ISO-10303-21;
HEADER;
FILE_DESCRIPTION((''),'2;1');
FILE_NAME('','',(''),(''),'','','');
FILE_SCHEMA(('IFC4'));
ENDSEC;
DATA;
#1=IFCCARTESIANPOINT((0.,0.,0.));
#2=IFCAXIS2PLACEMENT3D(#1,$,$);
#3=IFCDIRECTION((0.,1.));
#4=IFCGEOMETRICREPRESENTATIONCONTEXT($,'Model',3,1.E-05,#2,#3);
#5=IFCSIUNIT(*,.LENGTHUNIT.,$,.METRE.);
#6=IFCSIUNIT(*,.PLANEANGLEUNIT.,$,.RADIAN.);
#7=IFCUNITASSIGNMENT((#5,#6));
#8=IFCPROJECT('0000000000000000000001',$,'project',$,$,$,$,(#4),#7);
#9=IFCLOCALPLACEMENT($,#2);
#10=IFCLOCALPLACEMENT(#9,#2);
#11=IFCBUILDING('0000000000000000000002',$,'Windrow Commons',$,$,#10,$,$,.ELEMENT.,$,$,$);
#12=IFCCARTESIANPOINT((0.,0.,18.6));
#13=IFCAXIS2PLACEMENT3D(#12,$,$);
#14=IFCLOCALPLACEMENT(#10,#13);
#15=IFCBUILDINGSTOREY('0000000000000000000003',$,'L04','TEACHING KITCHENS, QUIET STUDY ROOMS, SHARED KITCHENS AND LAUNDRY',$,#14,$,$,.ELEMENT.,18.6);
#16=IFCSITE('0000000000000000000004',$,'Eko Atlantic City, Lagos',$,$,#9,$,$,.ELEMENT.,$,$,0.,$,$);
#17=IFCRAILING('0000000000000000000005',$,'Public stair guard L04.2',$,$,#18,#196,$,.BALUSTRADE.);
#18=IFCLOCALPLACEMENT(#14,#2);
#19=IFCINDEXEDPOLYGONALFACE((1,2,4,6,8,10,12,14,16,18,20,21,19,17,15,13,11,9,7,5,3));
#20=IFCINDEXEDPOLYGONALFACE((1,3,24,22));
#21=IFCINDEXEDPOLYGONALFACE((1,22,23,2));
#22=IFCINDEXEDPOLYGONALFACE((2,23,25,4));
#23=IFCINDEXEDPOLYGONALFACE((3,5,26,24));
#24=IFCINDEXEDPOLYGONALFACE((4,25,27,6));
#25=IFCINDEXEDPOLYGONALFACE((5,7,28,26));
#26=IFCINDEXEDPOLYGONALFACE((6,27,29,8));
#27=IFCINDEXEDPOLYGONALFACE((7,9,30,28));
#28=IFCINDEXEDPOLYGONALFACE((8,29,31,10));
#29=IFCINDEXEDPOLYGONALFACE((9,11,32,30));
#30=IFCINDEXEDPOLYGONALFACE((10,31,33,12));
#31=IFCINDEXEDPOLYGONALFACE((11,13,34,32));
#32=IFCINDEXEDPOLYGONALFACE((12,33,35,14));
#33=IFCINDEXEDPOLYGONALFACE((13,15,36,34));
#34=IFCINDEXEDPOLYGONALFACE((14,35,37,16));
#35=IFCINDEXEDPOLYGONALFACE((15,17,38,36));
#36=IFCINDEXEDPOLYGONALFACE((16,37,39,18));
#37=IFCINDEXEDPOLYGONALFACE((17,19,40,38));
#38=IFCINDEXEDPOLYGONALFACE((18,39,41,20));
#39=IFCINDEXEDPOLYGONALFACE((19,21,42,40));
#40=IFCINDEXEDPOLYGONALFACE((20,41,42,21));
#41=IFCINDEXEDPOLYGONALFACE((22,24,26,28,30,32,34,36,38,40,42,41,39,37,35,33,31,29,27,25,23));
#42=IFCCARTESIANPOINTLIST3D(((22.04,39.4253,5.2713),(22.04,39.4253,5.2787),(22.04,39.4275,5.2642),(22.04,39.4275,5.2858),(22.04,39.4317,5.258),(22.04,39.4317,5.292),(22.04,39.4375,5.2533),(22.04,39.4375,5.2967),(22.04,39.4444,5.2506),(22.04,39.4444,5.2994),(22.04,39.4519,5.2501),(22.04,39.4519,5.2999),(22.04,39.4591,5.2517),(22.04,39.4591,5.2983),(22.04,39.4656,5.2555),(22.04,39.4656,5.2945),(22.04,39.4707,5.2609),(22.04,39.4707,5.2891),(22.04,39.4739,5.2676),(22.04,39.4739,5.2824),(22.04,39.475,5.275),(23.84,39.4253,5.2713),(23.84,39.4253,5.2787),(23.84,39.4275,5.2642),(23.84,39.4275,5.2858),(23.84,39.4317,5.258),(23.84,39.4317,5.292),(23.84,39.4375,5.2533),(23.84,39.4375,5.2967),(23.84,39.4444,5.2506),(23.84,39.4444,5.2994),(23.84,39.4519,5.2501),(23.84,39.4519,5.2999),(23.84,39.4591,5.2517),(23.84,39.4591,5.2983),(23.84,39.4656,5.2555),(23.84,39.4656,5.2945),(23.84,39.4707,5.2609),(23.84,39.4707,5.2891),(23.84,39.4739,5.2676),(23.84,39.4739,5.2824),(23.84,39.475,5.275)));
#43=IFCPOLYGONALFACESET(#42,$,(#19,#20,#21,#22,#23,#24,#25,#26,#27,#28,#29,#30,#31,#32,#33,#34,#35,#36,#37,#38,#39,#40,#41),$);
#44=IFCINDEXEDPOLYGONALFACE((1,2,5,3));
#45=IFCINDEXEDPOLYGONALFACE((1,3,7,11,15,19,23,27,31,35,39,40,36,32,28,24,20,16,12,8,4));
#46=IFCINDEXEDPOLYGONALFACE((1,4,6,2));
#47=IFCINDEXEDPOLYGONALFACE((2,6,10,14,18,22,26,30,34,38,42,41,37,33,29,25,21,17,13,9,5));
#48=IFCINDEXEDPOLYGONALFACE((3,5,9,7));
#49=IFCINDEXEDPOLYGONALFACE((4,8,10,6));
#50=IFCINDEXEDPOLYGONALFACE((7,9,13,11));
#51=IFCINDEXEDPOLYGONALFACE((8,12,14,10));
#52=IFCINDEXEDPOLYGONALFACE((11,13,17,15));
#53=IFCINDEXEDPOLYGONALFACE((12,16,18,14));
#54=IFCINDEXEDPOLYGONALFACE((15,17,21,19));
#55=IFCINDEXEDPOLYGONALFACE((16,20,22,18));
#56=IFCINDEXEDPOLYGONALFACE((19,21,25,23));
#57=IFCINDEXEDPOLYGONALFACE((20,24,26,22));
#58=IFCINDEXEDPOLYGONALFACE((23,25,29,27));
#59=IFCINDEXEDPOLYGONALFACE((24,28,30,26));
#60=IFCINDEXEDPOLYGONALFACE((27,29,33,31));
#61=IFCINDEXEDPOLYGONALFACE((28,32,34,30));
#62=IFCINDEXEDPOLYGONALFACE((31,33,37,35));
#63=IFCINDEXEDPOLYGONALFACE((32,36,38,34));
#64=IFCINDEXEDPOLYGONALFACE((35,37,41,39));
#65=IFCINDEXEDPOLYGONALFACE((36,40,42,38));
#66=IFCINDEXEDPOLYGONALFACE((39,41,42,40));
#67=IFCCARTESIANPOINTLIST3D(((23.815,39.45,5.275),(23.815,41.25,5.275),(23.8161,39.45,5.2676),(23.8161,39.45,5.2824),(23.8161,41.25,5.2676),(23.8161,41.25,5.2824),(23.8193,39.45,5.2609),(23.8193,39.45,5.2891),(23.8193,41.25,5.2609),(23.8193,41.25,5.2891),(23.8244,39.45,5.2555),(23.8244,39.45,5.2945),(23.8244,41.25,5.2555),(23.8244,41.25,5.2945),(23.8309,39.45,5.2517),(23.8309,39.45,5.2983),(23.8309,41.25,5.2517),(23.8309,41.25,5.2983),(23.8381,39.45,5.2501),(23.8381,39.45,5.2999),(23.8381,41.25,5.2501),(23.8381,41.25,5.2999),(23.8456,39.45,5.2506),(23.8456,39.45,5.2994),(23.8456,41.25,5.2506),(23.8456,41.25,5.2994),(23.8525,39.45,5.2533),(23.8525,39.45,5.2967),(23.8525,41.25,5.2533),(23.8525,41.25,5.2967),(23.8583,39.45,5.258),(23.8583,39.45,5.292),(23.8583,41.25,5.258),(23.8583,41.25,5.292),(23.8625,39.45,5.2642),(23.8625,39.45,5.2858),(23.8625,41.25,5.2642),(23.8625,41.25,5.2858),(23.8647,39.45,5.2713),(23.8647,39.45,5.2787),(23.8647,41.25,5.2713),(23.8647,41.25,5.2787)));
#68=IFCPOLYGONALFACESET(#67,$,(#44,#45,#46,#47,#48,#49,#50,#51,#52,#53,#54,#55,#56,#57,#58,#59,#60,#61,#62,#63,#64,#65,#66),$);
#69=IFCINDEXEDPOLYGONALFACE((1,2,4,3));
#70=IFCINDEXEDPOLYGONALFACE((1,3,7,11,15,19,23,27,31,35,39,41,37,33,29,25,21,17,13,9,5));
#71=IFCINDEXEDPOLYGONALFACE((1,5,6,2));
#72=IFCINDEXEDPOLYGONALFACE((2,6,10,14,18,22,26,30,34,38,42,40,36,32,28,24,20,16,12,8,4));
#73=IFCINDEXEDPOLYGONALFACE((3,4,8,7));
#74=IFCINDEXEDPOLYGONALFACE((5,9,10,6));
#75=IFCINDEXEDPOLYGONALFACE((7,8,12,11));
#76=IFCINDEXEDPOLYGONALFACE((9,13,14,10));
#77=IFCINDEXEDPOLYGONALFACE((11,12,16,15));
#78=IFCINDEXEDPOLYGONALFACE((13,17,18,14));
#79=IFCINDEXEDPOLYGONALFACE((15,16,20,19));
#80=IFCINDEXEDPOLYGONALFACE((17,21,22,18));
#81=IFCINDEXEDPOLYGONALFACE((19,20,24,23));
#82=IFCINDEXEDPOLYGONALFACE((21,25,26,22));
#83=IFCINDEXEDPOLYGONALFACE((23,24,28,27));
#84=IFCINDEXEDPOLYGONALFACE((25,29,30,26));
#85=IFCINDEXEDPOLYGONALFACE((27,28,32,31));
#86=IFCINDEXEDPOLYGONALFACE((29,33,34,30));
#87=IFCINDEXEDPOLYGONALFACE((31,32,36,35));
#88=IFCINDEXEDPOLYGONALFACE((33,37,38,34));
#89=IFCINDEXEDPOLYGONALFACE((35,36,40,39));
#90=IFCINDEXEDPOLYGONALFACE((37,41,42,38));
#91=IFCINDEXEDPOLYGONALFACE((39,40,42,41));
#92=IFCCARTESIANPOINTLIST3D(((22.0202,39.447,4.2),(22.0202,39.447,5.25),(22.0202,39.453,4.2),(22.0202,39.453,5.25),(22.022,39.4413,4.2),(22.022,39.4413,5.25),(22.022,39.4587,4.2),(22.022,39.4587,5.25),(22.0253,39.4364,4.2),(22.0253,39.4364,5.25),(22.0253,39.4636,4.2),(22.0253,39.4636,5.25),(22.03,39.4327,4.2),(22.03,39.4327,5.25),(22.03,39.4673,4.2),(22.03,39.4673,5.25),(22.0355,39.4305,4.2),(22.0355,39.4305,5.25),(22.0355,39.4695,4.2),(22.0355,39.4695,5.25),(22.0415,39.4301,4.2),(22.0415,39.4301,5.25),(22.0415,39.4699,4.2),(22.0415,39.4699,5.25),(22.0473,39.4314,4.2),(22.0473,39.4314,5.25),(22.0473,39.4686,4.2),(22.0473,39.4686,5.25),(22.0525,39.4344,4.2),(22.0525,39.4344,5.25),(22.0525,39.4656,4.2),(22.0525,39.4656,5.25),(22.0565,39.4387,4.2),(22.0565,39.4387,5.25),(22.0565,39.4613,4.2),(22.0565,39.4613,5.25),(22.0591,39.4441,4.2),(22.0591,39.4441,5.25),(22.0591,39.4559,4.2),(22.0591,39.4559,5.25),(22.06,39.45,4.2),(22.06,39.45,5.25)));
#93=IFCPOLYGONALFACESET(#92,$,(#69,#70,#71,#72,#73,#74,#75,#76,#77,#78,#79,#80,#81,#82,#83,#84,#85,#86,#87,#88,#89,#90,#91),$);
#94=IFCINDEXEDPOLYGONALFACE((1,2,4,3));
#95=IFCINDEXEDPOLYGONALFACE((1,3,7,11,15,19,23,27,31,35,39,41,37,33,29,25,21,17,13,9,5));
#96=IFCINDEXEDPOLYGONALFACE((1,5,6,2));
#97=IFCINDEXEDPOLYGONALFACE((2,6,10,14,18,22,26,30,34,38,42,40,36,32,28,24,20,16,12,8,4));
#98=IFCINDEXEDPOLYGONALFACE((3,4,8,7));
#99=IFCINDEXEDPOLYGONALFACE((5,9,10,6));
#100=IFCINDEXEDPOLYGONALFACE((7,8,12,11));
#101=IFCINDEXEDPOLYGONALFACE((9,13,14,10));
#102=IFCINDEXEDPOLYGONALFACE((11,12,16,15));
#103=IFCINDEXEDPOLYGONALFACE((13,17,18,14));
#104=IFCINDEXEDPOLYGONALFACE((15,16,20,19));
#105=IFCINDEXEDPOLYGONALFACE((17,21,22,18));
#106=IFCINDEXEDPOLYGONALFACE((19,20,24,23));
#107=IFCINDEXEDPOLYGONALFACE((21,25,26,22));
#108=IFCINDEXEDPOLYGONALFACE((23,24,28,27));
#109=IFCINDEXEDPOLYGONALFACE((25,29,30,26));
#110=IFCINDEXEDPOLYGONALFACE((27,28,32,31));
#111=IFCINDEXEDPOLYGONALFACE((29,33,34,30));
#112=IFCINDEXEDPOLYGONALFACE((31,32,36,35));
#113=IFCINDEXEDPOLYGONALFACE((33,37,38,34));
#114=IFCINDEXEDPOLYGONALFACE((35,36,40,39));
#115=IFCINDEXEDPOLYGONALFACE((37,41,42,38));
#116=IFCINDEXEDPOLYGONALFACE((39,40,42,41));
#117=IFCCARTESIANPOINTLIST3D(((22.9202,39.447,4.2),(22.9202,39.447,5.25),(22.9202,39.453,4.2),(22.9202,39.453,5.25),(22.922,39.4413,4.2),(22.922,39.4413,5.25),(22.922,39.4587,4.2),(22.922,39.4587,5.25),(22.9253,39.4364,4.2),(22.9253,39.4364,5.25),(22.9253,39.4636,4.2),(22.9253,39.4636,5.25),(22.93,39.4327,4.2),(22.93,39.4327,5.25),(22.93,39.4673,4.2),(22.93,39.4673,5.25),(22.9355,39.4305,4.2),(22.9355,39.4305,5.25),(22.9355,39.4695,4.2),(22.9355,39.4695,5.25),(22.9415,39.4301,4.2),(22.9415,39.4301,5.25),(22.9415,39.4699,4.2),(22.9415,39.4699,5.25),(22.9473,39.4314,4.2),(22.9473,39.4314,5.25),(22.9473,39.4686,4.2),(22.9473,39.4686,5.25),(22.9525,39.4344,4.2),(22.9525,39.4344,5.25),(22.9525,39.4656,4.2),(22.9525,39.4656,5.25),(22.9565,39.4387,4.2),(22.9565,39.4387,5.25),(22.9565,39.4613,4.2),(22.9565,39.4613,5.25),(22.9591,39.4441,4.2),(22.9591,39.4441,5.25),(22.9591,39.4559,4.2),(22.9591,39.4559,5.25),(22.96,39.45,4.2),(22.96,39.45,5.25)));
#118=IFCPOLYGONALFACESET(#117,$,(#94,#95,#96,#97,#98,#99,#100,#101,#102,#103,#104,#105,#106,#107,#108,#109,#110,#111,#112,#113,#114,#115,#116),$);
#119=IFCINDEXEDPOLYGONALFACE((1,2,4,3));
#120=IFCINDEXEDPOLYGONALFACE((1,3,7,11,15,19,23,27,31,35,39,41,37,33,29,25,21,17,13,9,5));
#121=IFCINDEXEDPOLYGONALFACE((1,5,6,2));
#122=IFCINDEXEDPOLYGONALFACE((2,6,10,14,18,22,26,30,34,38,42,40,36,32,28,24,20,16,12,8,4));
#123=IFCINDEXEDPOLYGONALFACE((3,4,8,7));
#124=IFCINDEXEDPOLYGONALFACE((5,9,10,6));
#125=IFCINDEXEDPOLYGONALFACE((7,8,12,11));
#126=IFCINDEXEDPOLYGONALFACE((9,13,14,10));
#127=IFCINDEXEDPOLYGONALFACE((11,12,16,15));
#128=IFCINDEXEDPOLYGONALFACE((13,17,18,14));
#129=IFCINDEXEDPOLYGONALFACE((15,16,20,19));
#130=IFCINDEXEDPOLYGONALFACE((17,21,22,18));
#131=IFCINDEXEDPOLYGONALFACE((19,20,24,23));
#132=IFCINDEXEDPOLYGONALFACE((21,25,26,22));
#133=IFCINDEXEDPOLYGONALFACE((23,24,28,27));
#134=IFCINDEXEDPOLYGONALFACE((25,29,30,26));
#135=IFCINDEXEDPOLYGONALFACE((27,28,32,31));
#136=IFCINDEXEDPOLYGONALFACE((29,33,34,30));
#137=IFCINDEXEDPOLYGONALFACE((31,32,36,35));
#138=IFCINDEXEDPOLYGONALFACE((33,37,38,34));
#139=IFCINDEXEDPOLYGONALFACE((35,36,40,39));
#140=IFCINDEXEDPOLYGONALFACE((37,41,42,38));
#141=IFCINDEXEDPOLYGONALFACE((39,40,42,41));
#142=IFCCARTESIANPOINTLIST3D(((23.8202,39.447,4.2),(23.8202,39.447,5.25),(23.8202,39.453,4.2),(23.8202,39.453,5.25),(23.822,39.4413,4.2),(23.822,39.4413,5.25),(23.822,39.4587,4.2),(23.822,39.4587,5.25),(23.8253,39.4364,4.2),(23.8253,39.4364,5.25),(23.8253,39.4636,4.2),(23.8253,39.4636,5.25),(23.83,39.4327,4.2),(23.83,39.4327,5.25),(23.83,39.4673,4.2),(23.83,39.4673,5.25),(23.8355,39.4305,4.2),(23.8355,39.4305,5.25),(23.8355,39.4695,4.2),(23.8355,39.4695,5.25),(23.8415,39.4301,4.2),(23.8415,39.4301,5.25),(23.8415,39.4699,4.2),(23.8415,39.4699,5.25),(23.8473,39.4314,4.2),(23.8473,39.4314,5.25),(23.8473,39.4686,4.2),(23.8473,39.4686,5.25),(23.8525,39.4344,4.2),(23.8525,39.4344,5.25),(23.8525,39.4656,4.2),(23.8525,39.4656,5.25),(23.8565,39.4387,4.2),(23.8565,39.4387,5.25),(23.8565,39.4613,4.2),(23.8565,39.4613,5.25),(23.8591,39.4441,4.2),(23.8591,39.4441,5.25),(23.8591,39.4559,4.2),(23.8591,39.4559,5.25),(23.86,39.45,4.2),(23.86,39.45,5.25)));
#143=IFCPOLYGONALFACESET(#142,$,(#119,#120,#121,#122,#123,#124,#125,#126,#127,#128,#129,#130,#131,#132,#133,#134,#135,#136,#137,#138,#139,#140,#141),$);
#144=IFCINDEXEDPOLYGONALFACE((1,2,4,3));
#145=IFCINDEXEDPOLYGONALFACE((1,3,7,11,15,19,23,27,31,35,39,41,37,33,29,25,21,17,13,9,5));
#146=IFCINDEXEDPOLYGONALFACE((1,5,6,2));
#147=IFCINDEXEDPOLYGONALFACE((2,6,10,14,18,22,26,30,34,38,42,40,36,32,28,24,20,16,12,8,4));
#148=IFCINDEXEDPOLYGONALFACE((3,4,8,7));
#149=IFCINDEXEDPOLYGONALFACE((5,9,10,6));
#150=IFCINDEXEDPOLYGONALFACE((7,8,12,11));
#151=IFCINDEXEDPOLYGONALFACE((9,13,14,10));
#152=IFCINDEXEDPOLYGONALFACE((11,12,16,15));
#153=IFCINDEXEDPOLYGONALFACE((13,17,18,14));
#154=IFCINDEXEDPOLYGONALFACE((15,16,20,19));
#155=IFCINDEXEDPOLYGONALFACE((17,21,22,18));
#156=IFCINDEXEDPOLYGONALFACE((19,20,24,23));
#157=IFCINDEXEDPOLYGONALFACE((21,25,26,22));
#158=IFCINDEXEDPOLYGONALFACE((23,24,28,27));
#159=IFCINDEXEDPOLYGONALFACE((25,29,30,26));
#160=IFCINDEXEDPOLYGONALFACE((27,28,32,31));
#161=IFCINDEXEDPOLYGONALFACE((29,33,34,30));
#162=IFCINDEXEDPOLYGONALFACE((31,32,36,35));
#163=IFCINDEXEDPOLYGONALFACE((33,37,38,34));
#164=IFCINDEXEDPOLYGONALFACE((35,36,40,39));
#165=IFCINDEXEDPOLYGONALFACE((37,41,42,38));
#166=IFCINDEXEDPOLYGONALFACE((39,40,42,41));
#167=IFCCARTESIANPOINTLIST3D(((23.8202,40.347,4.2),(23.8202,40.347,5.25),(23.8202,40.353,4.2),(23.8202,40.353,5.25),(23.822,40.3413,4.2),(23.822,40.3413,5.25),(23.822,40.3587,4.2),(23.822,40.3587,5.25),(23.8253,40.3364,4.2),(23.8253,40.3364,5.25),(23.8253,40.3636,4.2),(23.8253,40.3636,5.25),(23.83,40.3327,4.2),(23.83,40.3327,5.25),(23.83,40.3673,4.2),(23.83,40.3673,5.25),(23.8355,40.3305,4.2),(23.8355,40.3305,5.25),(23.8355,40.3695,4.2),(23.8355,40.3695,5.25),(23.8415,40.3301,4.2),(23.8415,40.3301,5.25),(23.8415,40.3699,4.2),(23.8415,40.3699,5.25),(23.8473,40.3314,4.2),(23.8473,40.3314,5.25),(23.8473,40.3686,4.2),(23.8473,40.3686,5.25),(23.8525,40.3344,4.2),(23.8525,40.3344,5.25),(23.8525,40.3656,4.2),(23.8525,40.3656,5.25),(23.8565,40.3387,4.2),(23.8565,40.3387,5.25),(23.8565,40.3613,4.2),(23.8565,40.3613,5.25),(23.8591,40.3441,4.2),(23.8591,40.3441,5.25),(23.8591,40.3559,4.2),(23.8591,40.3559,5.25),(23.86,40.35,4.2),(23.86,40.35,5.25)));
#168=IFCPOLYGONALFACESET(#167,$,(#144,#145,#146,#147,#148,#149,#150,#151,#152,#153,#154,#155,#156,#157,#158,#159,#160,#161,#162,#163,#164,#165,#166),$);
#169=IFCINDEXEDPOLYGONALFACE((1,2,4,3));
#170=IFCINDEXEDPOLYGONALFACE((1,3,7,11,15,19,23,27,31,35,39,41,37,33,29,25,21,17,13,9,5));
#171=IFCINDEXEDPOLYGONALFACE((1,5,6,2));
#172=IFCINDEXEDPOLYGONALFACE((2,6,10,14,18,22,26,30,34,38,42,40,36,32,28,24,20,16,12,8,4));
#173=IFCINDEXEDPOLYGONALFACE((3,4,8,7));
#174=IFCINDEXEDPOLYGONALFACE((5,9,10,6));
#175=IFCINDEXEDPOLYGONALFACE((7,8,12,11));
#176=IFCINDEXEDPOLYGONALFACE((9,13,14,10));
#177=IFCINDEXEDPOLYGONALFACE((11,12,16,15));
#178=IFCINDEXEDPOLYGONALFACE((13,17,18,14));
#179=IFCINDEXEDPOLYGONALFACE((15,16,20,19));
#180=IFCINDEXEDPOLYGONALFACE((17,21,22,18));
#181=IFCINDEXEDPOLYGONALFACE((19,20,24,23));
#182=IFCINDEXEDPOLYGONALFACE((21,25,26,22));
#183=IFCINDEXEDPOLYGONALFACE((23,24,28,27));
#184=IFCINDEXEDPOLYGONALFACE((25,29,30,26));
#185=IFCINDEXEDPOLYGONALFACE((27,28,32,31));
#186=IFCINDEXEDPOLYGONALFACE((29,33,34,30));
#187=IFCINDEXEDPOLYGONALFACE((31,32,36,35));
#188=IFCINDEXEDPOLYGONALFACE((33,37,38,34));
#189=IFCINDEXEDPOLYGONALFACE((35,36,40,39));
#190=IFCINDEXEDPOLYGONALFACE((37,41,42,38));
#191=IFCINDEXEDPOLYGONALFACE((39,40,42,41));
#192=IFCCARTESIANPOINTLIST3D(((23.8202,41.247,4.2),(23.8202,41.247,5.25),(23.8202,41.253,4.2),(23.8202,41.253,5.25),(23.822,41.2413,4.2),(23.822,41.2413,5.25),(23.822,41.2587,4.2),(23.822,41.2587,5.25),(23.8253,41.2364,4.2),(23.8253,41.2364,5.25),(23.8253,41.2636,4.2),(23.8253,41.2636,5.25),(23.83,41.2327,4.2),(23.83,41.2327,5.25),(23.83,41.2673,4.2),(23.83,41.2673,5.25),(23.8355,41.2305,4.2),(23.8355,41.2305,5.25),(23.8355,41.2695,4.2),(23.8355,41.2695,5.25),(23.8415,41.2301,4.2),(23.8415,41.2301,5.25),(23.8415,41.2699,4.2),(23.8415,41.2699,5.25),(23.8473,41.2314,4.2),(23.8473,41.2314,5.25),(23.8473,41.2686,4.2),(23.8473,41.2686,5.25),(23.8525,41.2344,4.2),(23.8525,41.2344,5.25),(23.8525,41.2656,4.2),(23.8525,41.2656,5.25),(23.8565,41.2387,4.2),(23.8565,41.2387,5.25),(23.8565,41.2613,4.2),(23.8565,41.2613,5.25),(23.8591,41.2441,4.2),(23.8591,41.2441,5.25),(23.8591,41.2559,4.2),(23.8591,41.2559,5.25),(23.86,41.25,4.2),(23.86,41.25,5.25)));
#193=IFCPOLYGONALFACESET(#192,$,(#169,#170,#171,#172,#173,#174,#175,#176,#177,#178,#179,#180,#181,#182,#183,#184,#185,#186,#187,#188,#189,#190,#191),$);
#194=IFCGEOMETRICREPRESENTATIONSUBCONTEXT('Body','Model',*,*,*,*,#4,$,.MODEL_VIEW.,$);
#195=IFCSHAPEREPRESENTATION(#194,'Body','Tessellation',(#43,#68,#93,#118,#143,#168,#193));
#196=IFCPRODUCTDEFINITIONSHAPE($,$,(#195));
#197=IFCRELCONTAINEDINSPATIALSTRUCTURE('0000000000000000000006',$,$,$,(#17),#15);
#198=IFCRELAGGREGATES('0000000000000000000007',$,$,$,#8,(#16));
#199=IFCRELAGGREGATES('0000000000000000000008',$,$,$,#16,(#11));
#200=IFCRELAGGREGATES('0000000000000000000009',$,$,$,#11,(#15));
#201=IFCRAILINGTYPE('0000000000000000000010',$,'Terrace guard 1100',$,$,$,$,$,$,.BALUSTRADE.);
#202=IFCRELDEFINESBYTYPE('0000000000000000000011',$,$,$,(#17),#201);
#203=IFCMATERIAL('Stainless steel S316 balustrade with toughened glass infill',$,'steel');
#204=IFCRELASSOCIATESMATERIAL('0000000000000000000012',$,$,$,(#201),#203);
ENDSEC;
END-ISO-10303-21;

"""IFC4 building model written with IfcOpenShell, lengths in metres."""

from ifc_helpers import new_model, si_unit, direction, frame, origin, origin_2d, place, context, subcontext, project, spatial, circle, extrude, material, type_object, element, save


model = new_model("IFC4")

# Units and contexts
model_context = context("Model", 3, precision=1e-05, world=origin(), true_north=direction((0.0, 1.0)))
body_context = subcontext(model_context, "Body", "Model", "MODEL_VIEW")
ifc_project = project(units=[si_unit("LENGTHUNIT", "METRE"), si_unit("PLANEANGLEUNIT", "RADIAN")], contexts=[model_context])

# Site, building, storey
site_placement = place(None, origin())
site = spatial("IfcSite", under=ifc_project, at=site_placement, Name="Eko Atlantic City, Lagos", CompositionType="ELEMENT", RefElevation=0.0)
building_placement = place(site_placement, origin())
building = spatial("IfcBuilding", under=site, at=building_placement, Name="Windrow Commons", CompositionType="ELEMENT")
storey_placement = place(building_placement, frame((0.0, 0.0, 18.6)))
storey = spatial("IfcBuildingStorey", under=building, at=storey_placement, Name="L04", Description="TEACHING KITCHENS, QUIET STUDY ROOMS, SHARED KITCHENS AND LAUNDRY", CompositionType="ELEMENT", Elevation=18.6)

# Railing
ifc_material_1 = material(Name="Stainless steel S316 balustrade with toughened glass infill", Category="steel")
railing_type_1 = type_object("IfcRailingType", Name="Terrace guard 1100", PredefinedType="BALUSTRADE", material=ifc_material_1)
railing_1_placement = place(storey_placement, frame((22.04, 39.45, 4.2)))
element("IfcRailing", 1, at=railing_1_placement, inside=storey, type_object=railing_type_1, Name="Public stair guard L04.2", PredefinedType="BALUSTRADE", context=body_context, shape_type="SweptSolid", body=[
    extrude(circle(Radius=0.025, at=origin_2d()), frame((0.0, 0.0, 1.075), z_axis=(1.0, 0.0, 0.0), x_axis=(0.0, 1.0, 0.0)), (0.0, 0.0, 1.0), 1.8),
    extrude(circle(Radius=0.025, at=origin_2d()), frame((1.8, 0.0, 1.075), z_axis=(0.0, 1.0, 0.0), x_axis=(-1.0, 0.0, 0.0)), (0.0, 0.0, 1.0), 1.8),
    extrude(circle(Radius=0.02, at=origin_2d()), origin(), (0.0, 0.0, 1.0), 1.05),
    extrude(circle(Radius=0.02, at=origin_2d()), frame((0.9, 0.0, 0.0)), (0.0, 0.0, 1.0), 1.05),
    extrude(circle(Radius=0.02, at=origin_2d()), frame((1.8, 0.0, 0.0)), (0.0, 0.0, 1.0), 1.05),
    extrude(circle(Radius=0.02, at=origin_2d()), frame((1.8, 0.9, 0.0)), (0.0, 0.0, 1.0), 1.05),
    extrude(circle(Radius=0.02, at=origin_2d()), frame((1.8, 1.8, 0.0)), (0.0, 0.0, 1.0), 1.05),
])

save(model, "model.ifc")
